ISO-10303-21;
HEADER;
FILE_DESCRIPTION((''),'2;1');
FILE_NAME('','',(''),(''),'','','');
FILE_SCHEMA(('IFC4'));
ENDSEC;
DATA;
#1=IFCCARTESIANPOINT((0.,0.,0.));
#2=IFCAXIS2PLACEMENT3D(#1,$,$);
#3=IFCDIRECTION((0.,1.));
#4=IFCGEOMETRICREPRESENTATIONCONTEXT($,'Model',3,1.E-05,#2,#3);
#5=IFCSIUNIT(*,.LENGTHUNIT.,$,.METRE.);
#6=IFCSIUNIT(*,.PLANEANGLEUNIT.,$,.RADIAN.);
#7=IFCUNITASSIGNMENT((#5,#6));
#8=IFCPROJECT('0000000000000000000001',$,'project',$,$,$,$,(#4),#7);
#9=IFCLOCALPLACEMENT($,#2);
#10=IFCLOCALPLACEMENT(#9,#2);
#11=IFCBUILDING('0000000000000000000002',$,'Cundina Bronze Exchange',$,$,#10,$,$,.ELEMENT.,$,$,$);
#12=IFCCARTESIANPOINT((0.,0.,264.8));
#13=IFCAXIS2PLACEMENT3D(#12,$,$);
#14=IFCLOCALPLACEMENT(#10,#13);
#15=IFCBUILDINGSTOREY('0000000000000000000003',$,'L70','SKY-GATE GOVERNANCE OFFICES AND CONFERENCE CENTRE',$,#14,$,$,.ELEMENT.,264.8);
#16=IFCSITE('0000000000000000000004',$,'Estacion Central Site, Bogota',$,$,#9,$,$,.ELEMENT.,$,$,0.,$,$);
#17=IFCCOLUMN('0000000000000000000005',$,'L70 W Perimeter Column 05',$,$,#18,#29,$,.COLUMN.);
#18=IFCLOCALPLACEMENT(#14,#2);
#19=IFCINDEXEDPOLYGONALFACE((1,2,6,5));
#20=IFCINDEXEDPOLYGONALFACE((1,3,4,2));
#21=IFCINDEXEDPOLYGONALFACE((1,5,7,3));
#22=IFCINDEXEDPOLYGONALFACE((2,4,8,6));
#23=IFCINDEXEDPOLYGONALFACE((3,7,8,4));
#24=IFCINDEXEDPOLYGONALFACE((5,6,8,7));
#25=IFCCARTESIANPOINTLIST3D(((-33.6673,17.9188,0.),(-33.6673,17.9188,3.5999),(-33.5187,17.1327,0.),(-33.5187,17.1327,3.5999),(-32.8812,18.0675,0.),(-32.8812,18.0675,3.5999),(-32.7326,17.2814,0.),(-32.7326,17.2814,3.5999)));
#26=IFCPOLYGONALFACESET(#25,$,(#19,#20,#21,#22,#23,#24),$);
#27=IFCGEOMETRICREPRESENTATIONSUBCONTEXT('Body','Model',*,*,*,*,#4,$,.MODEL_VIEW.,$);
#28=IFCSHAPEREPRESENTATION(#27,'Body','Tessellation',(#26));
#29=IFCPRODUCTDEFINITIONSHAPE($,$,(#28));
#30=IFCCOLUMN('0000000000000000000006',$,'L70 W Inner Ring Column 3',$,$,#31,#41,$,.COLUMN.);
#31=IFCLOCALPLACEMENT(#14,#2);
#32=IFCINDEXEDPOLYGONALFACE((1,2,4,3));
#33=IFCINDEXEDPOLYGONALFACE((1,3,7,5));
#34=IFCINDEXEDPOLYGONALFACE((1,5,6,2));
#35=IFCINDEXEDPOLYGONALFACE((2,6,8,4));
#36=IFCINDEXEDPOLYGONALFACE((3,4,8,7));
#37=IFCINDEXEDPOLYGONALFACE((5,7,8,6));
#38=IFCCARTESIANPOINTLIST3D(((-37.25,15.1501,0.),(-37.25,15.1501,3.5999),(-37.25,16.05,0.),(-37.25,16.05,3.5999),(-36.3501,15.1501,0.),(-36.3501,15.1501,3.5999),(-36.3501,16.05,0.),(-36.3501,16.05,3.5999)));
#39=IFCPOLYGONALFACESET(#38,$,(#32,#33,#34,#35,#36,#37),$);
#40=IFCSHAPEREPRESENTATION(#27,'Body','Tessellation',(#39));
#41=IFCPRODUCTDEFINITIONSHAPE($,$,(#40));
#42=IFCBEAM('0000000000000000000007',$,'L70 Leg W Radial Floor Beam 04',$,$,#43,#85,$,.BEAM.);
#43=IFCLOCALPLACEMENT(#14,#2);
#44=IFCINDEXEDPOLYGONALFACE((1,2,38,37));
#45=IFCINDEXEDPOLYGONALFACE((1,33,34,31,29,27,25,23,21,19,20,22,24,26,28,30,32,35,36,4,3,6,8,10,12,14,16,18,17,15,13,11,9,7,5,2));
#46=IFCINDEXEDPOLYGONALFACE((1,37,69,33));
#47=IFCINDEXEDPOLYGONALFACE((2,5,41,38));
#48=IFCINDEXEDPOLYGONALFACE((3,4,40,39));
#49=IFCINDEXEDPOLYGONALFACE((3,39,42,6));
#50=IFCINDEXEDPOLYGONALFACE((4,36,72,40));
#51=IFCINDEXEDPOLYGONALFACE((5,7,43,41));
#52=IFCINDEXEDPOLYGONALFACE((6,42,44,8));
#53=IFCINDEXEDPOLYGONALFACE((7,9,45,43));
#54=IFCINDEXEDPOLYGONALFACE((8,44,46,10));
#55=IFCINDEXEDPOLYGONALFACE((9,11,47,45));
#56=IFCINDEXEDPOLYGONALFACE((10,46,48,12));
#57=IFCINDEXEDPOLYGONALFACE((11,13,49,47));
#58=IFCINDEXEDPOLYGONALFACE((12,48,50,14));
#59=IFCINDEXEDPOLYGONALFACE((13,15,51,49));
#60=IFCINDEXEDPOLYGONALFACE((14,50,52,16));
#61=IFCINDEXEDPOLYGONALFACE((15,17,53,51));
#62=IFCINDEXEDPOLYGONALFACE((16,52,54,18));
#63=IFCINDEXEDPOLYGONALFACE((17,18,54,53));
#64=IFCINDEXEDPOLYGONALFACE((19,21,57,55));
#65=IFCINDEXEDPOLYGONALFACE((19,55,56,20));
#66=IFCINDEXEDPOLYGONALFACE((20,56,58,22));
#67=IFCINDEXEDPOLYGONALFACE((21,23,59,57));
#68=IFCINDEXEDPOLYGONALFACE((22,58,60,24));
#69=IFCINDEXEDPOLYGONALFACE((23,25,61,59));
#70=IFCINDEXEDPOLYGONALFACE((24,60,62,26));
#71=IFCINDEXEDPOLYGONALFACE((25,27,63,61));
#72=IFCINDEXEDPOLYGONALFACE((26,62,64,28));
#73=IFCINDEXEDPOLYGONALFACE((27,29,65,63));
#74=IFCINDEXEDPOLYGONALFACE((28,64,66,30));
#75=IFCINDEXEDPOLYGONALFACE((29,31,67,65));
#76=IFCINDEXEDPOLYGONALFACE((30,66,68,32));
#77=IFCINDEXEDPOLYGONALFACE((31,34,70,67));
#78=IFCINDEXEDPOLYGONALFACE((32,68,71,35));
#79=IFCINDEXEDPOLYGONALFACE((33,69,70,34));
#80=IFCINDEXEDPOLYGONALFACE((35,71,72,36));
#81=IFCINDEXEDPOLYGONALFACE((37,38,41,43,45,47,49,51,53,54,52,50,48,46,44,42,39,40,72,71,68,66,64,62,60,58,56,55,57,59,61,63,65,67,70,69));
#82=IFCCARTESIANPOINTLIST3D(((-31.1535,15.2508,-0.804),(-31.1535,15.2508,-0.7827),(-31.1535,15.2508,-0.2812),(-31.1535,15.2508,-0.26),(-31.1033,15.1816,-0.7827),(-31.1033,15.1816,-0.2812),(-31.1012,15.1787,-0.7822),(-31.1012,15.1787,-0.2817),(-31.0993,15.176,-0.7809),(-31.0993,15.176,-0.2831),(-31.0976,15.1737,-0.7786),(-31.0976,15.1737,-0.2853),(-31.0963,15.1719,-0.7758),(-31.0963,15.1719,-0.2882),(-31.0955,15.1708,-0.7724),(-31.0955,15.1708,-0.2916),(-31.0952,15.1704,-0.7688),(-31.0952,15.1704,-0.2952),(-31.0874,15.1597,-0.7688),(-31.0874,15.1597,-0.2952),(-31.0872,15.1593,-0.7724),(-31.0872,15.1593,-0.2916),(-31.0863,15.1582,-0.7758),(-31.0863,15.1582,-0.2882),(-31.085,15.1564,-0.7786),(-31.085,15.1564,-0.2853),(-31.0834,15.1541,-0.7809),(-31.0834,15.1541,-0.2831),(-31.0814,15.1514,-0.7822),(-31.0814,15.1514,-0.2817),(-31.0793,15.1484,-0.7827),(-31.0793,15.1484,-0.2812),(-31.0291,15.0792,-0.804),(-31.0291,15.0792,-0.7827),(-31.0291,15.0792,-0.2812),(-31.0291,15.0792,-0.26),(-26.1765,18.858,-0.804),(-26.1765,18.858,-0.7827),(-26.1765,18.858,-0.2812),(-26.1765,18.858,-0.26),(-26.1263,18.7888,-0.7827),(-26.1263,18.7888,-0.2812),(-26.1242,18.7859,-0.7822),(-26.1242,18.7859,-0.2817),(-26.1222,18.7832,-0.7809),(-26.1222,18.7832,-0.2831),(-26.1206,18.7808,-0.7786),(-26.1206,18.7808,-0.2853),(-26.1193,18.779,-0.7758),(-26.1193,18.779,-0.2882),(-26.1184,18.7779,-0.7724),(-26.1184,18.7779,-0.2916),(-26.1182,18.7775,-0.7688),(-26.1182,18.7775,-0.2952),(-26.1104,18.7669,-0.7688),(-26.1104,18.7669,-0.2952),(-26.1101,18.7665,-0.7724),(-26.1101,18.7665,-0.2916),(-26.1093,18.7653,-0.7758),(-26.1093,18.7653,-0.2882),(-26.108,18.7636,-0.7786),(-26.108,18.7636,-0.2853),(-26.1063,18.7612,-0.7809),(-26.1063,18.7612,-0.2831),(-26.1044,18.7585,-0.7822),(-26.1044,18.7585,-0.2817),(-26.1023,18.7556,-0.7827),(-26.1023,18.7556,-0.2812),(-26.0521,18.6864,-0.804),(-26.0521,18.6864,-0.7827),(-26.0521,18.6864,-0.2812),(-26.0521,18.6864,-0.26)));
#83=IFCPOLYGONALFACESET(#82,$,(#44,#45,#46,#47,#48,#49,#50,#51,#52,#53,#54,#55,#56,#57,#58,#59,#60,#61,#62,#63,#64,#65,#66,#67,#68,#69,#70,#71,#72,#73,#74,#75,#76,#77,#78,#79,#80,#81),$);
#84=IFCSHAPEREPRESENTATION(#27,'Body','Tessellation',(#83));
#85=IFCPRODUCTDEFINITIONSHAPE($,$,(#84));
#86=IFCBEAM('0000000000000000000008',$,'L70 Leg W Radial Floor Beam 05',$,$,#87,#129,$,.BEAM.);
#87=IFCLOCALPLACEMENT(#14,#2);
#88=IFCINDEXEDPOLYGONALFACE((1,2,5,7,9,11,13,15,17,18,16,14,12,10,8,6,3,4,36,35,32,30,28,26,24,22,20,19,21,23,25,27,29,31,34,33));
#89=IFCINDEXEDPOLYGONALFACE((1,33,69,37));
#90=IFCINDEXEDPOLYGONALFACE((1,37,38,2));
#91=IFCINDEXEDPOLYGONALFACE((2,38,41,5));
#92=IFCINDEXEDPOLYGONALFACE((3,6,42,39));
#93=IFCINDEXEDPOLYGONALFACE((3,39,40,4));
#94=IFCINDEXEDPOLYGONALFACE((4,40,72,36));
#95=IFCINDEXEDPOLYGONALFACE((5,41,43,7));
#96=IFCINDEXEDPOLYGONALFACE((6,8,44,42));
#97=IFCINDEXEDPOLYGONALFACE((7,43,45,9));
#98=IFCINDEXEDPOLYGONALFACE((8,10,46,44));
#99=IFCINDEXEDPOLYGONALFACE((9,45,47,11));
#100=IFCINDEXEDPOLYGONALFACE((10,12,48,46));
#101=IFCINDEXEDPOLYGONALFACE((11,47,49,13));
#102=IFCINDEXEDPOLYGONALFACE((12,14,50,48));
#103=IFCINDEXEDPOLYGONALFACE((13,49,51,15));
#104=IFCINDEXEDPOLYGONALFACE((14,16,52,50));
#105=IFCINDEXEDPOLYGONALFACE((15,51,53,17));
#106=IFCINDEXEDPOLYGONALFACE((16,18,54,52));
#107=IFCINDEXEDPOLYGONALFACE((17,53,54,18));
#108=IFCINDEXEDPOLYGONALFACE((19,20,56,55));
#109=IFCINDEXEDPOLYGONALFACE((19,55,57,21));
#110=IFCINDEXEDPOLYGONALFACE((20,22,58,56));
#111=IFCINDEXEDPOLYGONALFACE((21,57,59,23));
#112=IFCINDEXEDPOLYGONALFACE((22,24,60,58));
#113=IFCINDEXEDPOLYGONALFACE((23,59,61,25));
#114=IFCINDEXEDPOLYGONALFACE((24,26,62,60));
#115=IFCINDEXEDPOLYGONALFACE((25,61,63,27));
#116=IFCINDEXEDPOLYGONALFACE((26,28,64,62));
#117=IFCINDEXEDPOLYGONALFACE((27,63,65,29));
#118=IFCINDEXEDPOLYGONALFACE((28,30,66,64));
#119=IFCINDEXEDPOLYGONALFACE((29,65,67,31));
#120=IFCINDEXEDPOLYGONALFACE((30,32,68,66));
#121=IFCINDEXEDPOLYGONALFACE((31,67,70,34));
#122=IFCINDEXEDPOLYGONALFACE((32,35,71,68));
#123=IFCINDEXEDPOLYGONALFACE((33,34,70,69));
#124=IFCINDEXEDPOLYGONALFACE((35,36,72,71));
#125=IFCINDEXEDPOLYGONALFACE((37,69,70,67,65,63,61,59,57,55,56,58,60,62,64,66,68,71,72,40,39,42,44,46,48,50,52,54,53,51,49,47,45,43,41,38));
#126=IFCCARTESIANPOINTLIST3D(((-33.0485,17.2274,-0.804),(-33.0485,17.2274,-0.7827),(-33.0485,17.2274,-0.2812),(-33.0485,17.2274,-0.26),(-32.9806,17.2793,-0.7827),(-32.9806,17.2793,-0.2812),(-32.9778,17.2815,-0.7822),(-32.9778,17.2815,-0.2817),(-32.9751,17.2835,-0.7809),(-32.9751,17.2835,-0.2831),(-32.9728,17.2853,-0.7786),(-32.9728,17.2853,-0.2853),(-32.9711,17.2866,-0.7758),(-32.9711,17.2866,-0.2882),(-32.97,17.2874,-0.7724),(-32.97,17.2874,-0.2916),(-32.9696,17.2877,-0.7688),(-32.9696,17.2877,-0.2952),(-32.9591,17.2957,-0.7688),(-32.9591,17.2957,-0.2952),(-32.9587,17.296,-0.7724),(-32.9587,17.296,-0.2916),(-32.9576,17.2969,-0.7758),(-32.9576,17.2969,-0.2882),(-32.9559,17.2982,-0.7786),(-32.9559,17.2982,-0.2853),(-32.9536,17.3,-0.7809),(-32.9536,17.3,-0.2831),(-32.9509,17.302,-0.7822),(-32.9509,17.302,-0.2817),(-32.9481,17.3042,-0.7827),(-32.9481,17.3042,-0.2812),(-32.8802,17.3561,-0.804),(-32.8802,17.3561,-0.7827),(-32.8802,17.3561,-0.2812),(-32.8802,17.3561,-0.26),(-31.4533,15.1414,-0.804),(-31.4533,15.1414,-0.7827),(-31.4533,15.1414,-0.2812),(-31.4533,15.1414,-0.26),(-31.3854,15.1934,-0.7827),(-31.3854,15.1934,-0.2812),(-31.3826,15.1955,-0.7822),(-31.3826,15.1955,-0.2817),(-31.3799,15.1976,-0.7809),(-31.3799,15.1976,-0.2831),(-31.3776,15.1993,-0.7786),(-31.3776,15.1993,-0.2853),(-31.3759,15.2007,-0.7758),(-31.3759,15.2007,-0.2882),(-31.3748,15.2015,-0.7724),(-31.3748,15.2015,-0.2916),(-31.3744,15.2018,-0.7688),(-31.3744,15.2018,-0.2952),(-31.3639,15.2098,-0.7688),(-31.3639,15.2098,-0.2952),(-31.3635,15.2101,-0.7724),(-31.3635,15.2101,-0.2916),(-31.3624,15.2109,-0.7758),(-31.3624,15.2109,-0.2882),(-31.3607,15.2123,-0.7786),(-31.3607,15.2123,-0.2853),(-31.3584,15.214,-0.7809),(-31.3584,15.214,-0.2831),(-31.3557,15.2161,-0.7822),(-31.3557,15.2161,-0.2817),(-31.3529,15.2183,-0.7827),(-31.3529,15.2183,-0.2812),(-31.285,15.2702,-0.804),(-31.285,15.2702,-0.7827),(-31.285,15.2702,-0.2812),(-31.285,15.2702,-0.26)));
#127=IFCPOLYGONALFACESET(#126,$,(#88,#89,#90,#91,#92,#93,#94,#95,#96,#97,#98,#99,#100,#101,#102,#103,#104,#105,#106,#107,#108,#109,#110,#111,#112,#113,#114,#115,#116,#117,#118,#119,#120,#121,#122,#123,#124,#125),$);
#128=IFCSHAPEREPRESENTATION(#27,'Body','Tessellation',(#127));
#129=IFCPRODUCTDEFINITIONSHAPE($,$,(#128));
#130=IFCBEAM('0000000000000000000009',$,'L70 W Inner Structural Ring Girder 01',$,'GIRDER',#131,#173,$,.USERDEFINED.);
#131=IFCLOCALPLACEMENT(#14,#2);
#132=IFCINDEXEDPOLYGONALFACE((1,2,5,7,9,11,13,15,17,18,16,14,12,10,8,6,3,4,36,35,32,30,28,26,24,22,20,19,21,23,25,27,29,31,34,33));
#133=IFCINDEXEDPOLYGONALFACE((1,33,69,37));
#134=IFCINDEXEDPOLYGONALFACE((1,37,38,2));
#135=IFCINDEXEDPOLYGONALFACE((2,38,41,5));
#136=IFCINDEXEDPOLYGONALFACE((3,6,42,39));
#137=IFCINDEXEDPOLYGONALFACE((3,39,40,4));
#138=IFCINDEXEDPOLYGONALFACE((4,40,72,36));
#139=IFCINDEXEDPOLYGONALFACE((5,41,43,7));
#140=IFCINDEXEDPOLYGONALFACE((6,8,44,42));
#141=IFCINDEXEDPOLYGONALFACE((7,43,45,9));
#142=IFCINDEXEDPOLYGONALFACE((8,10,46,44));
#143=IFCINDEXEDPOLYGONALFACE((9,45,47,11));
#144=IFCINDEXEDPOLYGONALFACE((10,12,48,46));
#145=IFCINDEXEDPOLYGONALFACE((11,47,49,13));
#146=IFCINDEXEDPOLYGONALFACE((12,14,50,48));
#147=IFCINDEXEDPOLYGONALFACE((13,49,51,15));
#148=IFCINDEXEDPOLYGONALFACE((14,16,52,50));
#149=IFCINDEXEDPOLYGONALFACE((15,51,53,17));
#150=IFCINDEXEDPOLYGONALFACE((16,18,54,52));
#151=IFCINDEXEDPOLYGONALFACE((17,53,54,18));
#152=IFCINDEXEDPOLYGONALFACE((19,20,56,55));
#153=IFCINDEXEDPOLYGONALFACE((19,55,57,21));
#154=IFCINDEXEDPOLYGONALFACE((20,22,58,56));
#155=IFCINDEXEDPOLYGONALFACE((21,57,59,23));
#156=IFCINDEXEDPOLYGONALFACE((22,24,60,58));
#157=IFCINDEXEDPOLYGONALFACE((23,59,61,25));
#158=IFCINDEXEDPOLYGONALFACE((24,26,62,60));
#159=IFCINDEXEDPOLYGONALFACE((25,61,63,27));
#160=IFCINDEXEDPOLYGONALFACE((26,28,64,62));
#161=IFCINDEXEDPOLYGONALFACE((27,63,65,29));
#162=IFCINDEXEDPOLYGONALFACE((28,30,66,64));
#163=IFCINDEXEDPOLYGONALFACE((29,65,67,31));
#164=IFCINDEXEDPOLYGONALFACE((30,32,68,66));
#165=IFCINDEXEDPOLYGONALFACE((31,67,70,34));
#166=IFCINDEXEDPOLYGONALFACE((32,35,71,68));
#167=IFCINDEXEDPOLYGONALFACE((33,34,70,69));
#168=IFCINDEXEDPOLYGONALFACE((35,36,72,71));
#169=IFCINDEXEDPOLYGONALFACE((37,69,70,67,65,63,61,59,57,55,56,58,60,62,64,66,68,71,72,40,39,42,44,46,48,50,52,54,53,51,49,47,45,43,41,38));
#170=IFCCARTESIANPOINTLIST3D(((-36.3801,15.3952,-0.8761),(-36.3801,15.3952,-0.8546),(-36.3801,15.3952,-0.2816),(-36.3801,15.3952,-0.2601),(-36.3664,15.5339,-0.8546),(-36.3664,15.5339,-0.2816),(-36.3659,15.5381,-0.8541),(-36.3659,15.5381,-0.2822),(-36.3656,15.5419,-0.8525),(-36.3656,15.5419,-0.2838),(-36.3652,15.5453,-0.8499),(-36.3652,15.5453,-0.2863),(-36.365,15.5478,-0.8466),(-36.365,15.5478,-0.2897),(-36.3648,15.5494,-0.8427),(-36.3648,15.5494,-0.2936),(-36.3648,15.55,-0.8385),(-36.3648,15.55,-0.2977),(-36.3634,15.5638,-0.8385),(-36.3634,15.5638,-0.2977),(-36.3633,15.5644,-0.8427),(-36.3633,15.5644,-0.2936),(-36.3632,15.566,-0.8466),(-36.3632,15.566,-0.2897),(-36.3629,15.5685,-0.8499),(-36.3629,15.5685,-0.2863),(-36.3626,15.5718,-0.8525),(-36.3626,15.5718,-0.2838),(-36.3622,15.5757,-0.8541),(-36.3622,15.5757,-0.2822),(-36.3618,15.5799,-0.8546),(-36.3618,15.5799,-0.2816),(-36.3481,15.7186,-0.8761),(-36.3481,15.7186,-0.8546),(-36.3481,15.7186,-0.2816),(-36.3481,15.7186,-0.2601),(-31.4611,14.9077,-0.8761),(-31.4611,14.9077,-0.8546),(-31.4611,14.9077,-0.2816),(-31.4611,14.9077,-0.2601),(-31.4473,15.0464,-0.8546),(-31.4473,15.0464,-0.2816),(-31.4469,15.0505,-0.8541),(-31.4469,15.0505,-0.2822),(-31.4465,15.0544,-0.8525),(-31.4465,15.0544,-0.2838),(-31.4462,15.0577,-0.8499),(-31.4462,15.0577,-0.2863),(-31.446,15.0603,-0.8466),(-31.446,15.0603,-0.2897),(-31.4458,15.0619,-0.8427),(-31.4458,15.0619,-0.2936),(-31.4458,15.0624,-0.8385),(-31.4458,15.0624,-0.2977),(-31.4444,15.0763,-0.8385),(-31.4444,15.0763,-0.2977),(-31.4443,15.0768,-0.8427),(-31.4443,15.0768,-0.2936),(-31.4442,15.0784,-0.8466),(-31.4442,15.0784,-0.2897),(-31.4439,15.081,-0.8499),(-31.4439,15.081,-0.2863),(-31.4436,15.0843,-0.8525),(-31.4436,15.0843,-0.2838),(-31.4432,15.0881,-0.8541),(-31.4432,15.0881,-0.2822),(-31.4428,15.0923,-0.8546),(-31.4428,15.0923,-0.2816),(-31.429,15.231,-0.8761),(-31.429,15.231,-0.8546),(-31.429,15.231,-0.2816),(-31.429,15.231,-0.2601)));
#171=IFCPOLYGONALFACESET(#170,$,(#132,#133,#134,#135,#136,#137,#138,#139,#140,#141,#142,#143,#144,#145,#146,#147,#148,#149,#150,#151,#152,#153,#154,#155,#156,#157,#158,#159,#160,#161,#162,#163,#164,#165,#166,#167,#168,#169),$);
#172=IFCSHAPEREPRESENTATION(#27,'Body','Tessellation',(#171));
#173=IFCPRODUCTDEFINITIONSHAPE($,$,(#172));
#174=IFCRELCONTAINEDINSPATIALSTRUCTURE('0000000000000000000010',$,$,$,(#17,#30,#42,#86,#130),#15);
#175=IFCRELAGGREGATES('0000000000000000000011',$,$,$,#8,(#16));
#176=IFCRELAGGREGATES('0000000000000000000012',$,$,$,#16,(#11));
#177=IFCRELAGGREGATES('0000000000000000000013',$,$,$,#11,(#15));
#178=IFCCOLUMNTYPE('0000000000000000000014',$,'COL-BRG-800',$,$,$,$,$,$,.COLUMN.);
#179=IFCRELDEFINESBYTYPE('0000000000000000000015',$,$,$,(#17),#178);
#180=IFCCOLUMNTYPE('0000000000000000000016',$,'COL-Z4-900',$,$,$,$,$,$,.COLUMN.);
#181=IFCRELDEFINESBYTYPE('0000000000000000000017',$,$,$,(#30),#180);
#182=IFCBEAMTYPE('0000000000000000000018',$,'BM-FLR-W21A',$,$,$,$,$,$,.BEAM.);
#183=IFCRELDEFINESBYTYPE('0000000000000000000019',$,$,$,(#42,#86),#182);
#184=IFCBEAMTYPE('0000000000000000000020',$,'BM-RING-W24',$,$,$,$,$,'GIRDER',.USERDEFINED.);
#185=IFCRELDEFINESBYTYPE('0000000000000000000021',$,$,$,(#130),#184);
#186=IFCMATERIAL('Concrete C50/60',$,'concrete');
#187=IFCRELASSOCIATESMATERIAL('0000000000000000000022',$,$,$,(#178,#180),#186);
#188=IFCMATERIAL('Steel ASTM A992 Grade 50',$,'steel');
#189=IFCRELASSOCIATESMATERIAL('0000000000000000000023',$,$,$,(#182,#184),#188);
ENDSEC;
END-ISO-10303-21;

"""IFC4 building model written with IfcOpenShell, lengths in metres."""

from ifc_helpers import new_model, si_unit, direction, frame, origin, origin_2d, place, context, subcontext, project, spatial, rectangle, i_section, extrude, material, material_profile, profile_set, type_object, element, save


model = new_model("IFC4")

# Units and contexts
model_context = context("Model", 3, precision=1e-05, world=origin(), true_north=direction((0.0, 1.0)))
body_context = subcontext(model_context, "Body", "Model", "MODEL_VIEW")
ifc_project = project(units=[si_unit("LENGTHUNIT", "METRE"), si_unit("PLANEANGLEUNIT", "RADIAN")], contexts=[model_context])

# Site, building, storey
site_placement = place(None, origin())
site = spatial("IfcSite", under=ifc_project, at=site_placement, Name="Estacion Central Site, Bogota", CompositionType="ELEMENT", RefElevation=0.0)
building_placement = place(site_placement, origin())
building = spatial("IfcBuilding", under=site, at=building_placement, Name="Cundina Bronze Exchange", CompositionType="ELEMENT")
storey_placement = place(building_placement, frame((0.0, 0.0, 264.8)))
storey = spatial("IfcBuildingStorey", under=building, at=storey_placement, Name="L70", Description="SKY-GATE GOVERNANCE OFFICES AND CONFERENCE CENTRE", CompositionType="ELEMENT", Elevation=264.8)

# Columns
ifc_material_1 = material(Name="Concrete C50/60", Category="concrete")
ifc_material_profile_1 = material_profile(ifc_material_1, rectangle(XDim=0.8, YDim=0.8, at=origin_2d()), Name="RC800X800", Category="concrete")
ifc_profile_set_1 = profile_set([ifc_material_profile_1], Name="Concrete C50/60")
column_type_1 = type_object("IfcColumnType", Name="COL-BRG-800", PredefinedType="COLUMN", material=ifc_profile_set_1)
column_1_placement = place(storey_placement, frame((-33.2, 17.6001, 0.0), z_axis=(0.0, 0.0, 1.0), x_axis=(-0.98258, -0.185838, 0.0)))
element("IfcColumn", 1, at=column_1_placement, inside=storey, type_object=column_type_1, Name="L70 W Perimeter Column 05", PredefinedType="COLUMN", context=body_context, shape_type="SweptSolid", body=[
    extrude(rectangle(XDim=0.8, YDim=0.8, at=origin_2d()), origin(), (0.0, 0.0, 1.0), 3.5999),
])
ifc_material_profile_2 = material_profile(ifc_material_1, rectangle(XDim=0.8999, YDim=0.8999, at=origin_2d()), Name="RC900X900", Category="concrete")
ifc_profile_set_2 = profile_set([ifc_material_profile_2], Name="Concrete C50/60")
column_type_2 = type_object("IfcColumnType", Name="COL-Z4-900", PredefinedType="COLUMN", material=ifc_profile_set_2)
column_2_placement = place(storey_placement, frame((-36.8, 15.6001, 0.0), z_axis=(0.0, 0.0, 1.0), x_axis=(1.0, 0.0, 0.0)))
element("IfcColumn", 2, at=column_2_placement, inside=storey, type_object=column_type_2, Name="L70 W Inner Ring Column 3", PredefinedType="COLUMN", context=body_context, shape_type="SweptSolid", body=[
    extrude(rectangle(XDim=0.8999, YDim=0.8999, at=origin_2d()), origin(), (0.0, 0.0, 1.0), 3.5999),
])

# Beams
ifc_material_2 = material(Name="Steel ASTM A992 Grade 50", Category="steel")
ifc_material_profile_3 = material_profile(ifc_material_2, i_section(OverallWidth=0.2119, OverallDepth=0.5439, WebThickness=0.0132, FlangeThickness=0.0212, FilletRadius=0.0139, at=origin_2d()), Name="W21X83", Category="steel")
ifc_profile_set_3 = profile_set([ifc_material_profile_3], Name="Steel ASTM A992 Grade 50")
beam_type_1 = type_object("IfcBeamType", Name="BM-FLR-W21A", PredefinedType="BEAM", material=ifc_profile_set_3)
beam_1_placement = place(storey_placement, frame((-31.0913, 15.165, -0.532), z_axis=(0.809702, 0.586841, 0.0), x_axis=(-0.586841, 0.809702, 0.0)))
element("IfcBeam", 3, at=beam_1_placement, inside=storey, type_object=beam_type_1, Name="L70 Leg W Radial Floor Beam 04", PredefinedType="BEAM", context=body_context, shape_type="SweptSolid", body=[
    extrude(i_section(OverallWidth=0.2119, OverallDepth=0.5439, WebThickness=0.0132, FlangeThickness=0.0212, FilletRadius=0.0139, at=origin_2d()), origin(), (0.0, 0.0, 1.0), 6.1467),
])
beam_2_placement = place(storey_placement, frame((-31.3691, 15.2058, -0.532), z_axis=(-0.607471, 0.794342, 0.0), x_axis=(-0.794342, -0.607471, 0.0)))
element("IfcBeam", 4, at=beam_2_placement, inside=storey, type_object=beam_type_1, Name="L70 Leg W Radial Floor Beam 05", PredefinedType="BEAM", context=body_context, shape_type="SweptSolid", body=[
    extrude(i_section(OverallWidth=0.2119, OverallDepth=0.5439, WebThickness=0.0132, FlangeThickness=0.0212, FilletRadius=0.0139, at=origin_2d()), origin(), (0.0, 0.0, 1.0), 2.626),
])
ifc_material_profile_4 = material_profile(ifc_material_2, i_section(OverallWidth=0.325, OverallDepth=0.616, WebThickness=0.0139, FlangeThickness=0.0215, FilletRadius=0.0161, at=origin_2d()), Name="W24X117", Category="steel")
ifc_profile_set_4 = profile_set([ifc_material_profile_4], Name="Steel ASTM A992 Grade 50")
beam_type_2 = type_object("IfcBeamType", Name="BM-RING-W24", ElementType="GIRDER", PredefinedType="USERDEFINED", material=ifc_profile_set_4)
beam_3_placement = place(storey_placement, frame((-31.4451, 15.0693, -0.5681), z_axis=(-0.995124, 0.098633, 0.0), x_axis=(-0.098633, -0.995124, 0.0)))
element("IfcBeam", 5, at=beam_3_placement, inside=storey, type_object=beam_type_2, Name="L70 W Inner Structural Ring Girder 01", ObjectType="GIRDER", PredefinedType="USERDEFINED", context=body_context, shape_type="SweptSolid", body=[
    extrude(i_section(OverallWidth=0.325, OverallDepth=0.616, WebThickness=0.0139, FlangeThickness=0.0215, FilletRadius=0.0161, at=origin_2d()), origin(), (0.0, 0.0, 1.0), 4.9431),
])

save(model, "model.ifc")
